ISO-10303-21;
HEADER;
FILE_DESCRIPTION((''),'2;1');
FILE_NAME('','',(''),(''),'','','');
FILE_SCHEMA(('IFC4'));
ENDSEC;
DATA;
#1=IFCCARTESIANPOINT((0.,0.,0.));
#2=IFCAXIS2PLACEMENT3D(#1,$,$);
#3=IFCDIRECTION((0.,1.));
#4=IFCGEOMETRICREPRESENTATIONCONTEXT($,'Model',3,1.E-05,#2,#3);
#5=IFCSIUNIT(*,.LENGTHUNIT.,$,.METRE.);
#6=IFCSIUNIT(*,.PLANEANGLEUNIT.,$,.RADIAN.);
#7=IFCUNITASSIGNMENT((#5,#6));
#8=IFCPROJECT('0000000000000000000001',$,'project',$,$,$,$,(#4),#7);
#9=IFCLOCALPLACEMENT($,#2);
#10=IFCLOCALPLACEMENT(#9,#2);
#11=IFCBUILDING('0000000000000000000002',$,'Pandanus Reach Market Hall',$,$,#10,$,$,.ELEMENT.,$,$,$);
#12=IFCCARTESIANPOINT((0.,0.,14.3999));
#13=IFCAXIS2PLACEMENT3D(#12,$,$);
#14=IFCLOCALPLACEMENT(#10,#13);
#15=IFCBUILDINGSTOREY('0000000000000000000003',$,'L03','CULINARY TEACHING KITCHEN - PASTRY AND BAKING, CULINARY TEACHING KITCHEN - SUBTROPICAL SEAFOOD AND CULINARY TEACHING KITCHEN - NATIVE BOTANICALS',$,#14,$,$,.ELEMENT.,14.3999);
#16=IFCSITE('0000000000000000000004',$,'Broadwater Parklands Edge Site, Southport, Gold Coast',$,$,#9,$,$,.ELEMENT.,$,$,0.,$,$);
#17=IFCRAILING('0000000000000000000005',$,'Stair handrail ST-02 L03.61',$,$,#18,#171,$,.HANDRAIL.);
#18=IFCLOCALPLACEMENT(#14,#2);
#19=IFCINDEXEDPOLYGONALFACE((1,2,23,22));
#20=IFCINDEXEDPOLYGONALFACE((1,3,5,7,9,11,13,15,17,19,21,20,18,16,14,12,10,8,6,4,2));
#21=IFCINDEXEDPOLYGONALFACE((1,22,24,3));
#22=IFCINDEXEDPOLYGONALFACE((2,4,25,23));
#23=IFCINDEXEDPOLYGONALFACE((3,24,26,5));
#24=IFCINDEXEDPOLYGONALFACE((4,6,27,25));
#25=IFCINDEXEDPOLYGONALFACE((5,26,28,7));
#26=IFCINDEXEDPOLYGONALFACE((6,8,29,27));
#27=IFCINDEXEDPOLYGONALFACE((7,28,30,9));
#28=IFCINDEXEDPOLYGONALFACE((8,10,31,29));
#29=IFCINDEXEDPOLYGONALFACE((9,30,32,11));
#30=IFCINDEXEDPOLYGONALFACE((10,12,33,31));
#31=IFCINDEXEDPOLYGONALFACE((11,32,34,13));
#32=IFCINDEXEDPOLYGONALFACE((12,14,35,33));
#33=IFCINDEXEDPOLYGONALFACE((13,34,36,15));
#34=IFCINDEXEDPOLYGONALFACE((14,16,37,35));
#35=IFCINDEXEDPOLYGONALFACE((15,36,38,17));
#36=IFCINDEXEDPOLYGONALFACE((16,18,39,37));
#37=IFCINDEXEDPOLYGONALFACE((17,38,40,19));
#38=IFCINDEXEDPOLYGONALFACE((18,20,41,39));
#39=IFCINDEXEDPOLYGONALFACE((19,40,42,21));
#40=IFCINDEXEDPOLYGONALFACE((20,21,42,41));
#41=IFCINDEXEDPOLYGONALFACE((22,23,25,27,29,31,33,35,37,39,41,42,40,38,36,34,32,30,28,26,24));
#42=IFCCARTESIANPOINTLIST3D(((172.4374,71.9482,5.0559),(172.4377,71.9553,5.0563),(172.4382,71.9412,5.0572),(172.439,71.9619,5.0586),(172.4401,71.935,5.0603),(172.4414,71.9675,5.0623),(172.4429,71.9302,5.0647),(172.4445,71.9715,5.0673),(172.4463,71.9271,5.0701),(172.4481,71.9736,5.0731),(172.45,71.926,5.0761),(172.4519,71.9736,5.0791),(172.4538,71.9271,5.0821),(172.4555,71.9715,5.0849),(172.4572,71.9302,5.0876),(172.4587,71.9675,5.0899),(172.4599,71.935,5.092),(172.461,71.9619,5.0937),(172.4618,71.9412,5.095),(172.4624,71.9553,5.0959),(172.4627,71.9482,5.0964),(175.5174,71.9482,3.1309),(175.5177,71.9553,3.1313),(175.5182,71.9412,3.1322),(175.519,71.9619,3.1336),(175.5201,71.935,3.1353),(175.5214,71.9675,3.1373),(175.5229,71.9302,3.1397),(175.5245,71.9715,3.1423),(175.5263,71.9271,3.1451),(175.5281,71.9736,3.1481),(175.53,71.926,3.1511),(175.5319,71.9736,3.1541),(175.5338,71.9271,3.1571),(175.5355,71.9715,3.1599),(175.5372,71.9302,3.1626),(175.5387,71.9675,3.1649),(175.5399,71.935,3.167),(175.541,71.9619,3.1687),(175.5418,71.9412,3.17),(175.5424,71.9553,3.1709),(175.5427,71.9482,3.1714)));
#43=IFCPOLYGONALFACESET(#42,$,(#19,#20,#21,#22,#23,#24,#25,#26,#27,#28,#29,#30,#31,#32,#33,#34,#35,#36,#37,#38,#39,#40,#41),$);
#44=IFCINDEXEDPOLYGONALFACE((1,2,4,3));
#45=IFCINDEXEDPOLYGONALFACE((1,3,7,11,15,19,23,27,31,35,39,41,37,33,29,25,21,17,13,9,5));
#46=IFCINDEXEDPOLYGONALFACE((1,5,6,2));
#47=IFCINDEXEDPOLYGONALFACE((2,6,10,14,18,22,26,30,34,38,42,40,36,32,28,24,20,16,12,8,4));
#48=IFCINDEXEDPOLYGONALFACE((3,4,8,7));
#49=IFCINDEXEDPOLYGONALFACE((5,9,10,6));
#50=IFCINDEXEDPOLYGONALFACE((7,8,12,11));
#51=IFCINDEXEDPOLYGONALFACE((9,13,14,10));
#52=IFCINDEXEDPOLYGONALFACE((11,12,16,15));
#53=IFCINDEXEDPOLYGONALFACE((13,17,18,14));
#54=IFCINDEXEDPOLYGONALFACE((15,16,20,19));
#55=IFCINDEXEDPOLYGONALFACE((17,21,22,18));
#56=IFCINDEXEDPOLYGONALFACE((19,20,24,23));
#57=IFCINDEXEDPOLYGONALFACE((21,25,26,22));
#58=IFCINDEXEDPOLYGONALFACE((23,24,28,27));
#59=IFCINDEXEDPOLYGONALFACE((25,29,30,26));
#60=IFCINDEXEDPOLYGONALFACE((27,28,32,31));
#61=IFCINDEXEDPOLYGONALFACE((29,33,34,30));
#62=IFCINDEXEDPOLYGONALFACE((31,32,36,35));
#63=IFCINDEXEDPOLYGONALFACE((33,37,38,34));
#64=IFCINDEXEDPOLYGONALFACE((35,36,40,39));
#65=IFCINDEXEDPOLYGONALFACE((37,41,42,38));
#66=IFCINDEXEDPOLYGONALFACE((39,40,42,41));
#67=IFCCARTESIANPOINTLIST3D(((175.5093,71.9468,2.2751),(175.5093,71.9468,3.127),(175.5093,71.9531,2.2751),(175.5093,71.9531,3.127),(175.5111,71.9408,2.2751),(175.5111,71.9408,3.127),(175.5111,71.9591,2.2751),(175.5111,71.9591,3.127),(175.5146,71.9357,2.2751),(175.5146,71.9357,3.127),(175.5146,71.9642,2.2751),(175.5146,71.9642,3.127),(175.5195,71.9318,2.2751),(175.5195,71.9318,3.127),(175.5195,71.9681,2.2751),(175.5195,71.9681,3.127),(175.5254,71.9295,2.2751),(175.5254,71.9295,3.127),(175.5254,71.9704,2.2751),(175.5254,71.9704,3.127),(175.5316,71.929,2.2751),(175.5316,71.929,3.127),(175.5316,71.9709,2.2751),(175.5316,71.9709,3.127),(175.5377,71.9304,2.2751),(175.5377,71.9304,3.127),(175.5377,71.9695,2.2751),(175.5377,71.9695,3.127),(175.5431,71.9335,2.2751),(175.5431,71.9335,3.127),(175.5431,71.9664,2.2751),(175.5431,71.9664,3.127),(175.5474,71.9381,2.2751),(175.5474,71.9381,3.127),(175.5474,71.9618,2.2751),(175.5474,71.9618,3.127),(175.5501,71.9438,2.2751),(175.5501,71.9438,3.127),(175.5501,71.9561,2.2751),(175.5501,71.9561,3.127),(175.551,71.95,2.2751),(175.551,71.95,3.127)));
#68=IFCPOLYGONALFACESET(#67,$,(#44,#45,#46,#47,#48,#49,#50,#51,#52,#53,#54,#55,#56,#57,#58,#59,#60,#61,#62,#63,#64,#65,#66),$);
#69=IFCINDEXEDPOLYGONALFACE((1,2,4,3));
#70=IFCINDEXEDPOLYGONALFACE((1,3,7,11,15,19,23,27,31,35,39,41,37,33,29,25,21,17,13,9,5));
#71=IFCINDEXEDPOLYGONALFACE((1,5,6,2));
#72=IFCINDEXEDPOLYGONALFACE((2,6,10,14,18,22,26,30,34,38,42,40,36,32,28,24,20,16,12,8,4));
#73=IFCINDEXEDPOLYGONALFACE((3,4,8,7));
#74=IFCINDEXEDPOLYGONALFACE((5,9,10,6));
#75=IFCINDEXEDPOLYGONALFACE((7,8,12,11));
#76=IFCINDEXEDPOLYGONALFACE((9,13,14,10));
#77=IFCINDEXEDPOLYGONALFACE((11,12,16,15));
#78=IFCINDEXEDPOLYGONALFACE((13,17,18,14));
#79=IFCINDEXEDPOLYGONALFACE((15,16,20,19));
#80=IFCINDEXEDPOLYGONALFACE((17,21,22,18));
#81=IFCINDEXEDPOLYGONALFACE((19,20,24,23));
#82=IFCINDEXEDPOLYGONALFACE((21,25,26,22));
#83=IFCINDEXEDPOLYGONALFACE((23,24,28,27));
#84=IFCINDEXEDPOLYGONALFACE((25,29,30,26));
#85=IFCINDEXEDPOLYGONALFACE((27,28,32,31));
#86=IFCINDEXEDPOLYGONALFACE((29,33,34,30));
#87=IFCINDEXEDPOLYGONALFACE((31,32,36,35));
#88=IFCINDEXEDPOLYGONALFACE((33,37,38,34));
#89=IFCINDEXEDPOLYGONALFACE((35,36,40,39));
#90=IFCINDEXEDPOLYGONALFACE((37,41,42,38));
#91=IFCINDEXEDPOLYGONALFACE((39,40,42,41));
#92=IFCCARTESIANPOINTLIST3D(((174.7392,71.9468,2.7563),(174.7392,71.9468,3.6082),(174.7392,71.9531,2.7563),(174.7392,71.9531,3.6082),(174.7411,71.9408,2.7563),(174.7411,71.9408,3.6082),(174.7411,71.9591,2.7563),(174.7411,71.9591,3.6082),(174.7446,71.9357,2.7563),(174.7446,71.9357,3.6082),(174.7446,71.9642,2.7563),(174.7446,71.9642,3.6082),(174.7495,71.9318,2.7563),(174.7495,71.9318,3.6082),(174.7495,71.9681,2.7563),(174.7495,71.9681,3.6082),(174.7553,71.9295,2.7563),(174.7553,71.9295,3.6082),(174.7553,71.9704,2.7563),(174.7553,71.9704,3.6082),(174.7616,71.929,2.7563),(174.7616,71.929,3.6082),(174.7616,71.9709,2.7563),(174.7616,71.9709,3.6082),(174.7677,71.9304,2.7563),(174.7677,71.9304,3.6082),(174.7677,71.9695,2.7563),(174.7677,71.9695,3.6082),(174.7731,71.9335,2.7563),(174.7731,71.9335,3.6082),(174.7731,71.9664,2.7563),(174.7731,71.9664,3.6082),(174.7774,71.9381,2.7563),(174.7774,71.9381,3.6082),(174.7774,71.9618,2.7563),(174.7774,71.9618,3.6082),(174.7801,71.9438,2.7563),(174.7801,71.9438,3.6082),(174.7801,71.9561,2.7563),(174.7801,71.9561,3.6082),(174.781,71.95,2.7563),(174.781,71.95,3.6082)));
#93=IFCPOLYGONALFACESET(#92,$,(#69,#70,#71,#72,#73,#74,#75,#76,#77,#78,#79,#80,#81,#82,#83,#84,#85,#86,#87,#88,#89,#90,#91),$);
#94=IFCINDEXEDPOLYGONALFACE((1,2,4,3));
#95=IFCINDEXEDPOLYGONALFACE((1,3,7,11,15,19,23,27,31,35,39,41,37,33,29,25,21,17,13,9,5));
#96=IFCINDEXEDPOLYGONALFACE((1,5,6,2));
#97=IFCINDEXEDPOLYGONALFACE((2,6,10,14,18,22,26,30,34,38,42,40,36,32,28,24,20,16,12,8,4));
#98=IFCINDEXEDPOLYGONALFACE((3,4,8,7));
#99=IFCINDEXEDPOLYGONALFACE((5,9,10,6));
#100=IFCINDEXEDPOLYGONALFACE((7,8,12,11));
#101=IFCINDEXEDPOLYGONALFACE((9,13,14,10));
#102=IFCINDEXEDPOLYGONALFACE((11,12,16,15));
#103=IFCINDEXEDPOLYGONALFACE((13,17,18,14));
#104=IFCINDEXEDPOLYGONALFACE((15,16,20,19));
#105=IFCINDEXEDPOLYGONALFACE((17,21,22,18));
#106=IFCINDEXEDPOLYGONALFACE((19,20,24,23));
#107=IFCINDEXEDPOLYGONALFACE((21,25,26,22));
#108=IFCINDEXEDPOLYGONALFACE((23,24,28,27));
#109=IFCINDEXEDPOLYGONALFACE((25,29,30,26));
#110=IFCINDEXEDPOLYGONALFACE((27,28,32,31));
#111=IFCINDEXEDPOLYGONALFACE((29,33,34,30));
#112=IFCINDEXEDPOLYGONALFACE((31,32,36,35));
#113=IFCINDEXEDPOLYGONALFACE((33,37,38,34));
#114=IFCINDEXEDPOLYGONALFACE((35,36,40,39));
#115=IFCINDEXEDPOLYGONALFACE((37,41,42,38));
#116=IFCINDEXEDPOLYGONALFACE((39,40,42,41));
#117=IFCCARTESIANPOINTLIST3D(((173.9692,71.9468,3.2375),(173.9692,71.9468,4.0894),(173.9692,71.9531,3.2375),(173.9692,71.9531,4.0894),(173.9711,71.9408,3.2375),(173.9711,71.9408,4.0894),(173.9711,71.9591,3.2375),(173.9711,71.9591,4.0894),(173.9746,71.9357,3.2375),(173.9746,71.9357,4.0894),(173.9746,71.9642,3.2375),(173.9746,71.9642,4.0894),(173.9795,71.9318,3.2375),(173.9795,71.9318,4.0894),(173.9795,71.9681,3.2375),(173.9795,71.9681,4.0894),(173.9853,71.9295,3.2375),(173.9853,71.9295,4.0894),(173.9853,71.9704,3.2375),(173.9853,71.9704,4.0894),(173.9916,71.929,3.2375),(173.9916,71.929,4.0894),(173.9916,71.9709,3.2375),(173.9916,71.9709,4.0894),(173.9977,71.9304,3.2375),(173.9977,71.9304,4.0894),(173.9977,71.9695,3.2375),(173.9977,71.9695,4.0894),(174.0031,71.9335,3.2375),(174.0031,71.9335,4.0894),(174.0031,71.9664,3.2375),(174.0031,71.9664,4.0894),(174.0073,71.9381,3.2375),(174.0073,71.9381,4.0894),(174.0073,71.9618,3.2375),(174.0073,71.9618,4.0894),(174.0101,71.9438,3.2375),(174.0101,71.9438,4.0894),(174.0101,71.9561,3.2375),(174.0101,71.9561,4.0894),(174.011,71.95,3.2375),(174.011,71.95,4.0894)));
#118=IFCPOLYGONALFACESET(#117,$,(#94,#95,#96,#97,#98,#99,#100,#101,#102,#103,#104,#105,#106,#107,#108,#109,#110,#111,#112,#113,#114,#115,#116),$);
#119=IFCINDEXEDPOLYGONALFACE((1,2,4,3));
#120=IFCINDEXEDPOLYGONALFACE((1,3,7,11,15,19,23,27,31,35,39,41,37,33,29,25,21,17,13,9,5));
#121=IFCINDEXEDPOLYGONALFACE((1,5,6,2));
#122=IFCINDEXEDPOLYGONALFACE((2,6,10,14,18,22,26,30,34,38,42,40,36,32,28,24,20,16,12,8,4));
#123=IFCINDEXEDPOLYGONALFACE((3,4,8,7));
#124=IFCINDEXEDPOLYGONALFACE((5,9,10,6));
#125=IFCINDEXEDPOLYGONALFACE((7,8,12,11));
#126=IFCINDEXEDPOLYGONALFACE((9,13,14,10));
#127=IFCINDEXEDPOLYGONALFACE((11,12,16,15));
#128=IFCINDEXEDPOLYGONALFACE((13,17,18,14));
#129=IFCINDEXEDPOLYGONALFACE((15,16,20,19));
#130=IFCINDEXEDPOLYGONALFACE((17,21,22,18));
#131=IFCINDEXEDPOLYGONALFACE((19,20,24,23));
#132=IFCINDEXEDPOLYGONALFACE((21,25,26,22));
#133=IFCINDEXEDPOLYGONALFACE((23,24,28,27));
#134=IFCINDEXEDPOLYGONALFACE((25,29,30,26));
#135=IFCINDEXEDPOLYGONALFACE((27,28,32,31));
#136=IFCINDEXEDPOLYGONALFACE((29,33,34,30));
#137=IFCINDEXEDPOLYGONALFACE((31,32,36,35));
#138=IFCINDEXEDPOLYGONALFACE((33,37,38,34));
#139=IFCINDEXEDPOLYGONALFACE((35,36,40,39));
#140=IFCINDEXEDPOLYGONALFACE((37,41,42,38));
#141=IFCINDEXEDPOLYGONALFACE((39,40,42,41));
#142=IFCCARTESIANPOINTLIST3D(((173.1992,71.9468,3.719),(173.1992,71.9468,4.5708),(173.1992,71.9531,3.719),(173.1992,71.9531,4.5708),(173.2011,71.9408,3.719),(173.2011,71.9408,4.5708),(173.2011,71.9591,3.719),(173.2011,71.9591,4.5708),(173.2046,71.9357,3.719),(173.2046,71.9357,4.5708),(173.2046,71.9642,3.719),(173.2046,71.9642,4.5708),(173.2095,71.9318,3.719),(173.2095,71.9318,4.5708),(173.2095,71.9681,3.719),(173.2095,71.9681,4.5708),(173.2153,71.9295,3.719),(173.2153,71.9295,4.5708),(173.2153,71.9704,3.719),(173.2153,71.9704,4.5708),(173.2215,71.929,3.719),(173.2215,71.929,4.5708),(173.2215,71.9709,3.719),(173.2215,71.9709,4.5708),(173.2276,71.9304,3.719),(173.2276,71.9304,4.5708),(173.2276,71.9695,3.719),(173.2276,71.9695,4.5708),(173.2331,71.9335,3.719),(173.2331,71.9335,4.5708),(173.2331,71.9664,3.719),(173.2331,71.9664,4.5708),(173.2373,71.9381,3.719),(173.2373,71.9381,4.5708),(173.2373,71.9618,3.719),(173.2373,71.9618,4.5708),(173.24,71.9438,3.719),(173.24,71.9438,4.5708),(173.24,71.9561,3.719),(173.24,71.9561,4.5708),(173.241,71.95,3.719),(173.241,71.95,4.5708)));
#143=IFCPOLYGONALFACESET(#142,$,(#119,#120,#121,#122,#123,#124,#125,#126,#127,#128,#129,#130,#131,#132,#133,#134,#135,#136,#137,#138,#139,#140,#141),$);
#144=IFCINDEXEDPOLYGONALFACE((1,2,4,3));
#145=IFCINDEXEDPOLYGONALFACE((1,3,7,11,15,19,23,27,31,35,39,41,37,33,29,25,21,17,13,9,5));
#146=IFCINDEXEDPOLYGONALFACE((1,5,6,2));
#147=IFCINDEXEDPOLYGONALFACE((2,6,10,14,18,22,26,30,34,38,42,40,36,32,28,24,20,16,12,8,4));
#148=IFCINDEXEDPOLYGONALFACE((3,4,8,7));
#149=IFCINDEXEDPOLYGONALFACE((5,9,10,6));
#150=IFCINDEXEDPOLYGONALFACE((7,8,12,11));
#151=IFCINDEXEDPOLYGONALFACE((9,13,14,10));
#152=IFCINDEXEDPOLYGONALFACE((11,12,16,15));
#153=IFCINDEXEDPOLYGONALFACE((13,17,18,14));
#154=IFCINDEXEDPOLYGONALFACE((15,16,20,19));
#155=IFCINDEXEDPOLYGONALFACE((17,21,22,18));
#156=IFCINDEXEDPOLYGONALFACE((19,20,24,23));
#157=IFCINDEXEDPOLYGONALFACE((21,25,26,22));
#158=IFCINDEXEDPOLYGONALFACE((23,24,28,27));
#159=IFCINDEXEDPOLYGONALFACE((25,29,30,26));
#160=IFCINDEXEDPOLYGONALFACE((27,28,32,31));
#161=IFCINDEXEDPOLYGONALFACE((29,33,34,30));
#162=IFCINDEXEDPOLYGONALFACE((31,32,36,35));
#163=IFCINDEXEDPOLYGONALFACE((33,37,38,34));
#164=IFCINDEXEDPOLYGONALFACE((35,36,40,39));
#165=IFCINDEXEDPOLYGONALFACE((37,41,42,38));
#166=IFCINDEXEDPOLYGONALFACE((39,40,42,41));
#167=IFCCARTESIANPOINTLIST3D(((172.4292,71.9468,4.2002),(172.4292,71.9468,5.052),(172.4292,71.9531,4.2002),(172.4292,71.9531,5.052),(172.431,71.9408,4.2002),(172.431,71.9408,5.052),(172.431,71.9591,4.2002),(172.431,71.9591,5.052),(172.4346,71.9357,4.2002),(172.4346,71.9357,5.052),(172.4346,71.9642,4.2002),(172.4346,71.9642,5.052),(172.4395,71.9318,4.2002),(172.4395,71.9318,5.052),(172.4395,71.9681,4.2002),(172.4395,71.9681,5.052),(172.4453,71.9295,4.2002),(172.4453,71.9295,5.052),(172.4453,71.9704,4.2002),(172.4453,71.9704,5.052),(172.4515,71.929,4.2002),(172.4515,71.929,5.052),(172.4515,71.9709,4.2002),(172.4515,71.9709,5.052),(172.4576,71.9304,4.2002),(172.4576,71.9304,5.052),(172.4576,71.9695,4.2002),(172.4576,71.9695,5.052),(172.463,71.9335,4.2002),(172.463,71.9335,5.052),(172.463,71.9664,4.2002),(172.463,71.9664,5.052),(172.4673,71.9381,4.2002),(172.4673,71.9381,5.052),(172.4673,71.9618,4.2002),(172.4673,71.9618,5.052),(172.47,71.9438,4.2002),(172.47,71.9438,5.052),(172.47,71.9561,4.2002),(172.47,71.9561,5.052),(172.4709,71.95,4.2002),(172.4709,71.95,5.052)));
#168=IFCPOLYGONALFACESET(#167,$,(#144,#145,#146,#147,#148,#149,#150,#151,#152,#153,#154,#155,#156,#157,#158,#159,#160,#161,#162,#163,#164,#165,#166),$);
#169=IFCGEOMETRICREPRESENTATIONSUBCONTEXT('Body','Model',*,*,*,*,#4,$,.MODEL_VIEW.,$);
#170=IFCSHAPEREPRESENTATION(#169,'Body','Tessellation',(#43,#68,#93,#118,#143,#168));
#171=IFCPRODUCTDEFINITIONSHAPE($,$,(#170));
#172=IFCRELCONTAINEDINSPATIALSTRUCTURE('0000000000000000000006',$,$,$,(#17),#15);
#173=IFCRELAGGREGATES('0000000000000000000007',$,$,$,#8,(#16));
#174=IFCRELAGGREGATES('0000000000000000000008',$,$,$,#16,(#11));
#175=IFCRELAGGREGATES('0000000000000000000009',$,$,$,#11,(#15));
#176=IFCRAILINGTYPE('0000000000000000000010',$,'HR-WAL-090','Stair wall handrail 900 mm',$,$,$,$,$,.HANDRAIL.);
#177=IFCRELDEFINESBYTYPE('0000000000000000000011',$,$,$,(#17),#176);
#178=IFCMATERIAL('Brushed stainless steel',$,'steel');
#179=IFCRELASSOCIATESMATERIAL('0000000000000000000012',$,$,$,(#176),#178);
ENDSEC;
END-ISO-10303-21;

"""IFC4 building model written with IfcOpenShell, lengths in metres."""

from ifc_helpers import new_model, si_unit, direction, frame, origin, origin_2d, place, context, subcontext, project, spatial, circle, extrude, material, type_object, element, save


model = new_model("IFC4")

# Units and contexts
model_context = context("Model", 3, precision=1e-05, world=origin(), true_north=direction((0.0, 1.0)))
body_context = subcontext(model_context, "Body", "Model", "MODEL_VIEW")
ifc_project = project(units=[si_unit("LENGTHUNIT", "METRE"), si_unit("PLANEANGLEUNIT", "RADIAN")], contexts=[model_context])

# Site, building, storey
site_placement = place(None, origin())
site = spatial("IfcSite", under=ifc_project, at=site_placement, Name="Broadwater Parklands Edge Site, Southport, Gold Coast", CompositionType="ELEMENT", RefElevation=0.0)
building_placement = place(site_placement, origin())
building = spatial("IfcBuilding", under=site, at=building_placement, Name="Pandanus Reach Market Hall", CompositionType="ELEMENT")
storey_placement = place(building_placement, frame((0.0, 0.0, 14.3999)))
storey = spatial("IfcBuildingStorey", under=building, at=storey_placement, Name="L03", Description="CULINARY TEACHING KITCHEN - PASTRY AND BAKING, CULINARY TEACHING KITCHEN - SUBTROPICAL SEAFOOD AND CULINARY TEACHING KITCHEN - NATIVE BOTANICALS", CompositionType="ELEMENT", Elevation=14.3999)

# Railing
ifc_material_1 = material(Name="Brushed stainless steel", Category="steel")
railing_type_1 = type_object("IfcRailingType", Name="HR-WAL-090", Description="Stair wall handrail 900 mm", PredefinedType="HANDRAIL", material=ifc_material_1)
railing_1_placement = place(storey_placement, frame((175.53, 71.95, 2.2751)))
element("IfcRailing", 1, at=railing_1_placement, inside=storey, type_object=railing_type_1, Name="Stair handrail ST-02 L03.61", PredefinedType="HANDRAIL", context=body_context, shape_type="SweptSolid", body=[
    extrude(circle(Radius=0.0239, at=origin_2d()), frame((0.0, 0.0, 0.876), z_axis=(-0.847998, 0.0, 0.529999), x_axis=(0.0, -1.0, 0.0)), (0.0, 0.0, 1.0), 3.6321),
    extrude(circle(Radius=0.021, at=origin_2d()), origin(), (0.0, 0.0, 1.0), 0.8518),
    extrude(circle(Radius=0.021, at=origin_2d()), frame((-0.77, 0.0, 0.4812)), (0.0, 0.0, 1.0), 0.8518),
    extrude(circle(Radius=0.021, at=origin_2d()), frame((-1.54, 0.0, 0.9624)), (0.0, 0.0, 1.0), 0.8518),
    extrude(circle(Radius=0.021, at=origin_2d()), frame((-2.3101, 0.0, 1.4438)), (0.0, 0.0, 1.0), 0.8518),
    extrude(circle(Radius=0.021, at=origin_2d()), frame((-3.0801, 0.0, 1.925)), (0.0, 0.0, 1.0), 0.8518),
])

save(model, "model.ifc")
